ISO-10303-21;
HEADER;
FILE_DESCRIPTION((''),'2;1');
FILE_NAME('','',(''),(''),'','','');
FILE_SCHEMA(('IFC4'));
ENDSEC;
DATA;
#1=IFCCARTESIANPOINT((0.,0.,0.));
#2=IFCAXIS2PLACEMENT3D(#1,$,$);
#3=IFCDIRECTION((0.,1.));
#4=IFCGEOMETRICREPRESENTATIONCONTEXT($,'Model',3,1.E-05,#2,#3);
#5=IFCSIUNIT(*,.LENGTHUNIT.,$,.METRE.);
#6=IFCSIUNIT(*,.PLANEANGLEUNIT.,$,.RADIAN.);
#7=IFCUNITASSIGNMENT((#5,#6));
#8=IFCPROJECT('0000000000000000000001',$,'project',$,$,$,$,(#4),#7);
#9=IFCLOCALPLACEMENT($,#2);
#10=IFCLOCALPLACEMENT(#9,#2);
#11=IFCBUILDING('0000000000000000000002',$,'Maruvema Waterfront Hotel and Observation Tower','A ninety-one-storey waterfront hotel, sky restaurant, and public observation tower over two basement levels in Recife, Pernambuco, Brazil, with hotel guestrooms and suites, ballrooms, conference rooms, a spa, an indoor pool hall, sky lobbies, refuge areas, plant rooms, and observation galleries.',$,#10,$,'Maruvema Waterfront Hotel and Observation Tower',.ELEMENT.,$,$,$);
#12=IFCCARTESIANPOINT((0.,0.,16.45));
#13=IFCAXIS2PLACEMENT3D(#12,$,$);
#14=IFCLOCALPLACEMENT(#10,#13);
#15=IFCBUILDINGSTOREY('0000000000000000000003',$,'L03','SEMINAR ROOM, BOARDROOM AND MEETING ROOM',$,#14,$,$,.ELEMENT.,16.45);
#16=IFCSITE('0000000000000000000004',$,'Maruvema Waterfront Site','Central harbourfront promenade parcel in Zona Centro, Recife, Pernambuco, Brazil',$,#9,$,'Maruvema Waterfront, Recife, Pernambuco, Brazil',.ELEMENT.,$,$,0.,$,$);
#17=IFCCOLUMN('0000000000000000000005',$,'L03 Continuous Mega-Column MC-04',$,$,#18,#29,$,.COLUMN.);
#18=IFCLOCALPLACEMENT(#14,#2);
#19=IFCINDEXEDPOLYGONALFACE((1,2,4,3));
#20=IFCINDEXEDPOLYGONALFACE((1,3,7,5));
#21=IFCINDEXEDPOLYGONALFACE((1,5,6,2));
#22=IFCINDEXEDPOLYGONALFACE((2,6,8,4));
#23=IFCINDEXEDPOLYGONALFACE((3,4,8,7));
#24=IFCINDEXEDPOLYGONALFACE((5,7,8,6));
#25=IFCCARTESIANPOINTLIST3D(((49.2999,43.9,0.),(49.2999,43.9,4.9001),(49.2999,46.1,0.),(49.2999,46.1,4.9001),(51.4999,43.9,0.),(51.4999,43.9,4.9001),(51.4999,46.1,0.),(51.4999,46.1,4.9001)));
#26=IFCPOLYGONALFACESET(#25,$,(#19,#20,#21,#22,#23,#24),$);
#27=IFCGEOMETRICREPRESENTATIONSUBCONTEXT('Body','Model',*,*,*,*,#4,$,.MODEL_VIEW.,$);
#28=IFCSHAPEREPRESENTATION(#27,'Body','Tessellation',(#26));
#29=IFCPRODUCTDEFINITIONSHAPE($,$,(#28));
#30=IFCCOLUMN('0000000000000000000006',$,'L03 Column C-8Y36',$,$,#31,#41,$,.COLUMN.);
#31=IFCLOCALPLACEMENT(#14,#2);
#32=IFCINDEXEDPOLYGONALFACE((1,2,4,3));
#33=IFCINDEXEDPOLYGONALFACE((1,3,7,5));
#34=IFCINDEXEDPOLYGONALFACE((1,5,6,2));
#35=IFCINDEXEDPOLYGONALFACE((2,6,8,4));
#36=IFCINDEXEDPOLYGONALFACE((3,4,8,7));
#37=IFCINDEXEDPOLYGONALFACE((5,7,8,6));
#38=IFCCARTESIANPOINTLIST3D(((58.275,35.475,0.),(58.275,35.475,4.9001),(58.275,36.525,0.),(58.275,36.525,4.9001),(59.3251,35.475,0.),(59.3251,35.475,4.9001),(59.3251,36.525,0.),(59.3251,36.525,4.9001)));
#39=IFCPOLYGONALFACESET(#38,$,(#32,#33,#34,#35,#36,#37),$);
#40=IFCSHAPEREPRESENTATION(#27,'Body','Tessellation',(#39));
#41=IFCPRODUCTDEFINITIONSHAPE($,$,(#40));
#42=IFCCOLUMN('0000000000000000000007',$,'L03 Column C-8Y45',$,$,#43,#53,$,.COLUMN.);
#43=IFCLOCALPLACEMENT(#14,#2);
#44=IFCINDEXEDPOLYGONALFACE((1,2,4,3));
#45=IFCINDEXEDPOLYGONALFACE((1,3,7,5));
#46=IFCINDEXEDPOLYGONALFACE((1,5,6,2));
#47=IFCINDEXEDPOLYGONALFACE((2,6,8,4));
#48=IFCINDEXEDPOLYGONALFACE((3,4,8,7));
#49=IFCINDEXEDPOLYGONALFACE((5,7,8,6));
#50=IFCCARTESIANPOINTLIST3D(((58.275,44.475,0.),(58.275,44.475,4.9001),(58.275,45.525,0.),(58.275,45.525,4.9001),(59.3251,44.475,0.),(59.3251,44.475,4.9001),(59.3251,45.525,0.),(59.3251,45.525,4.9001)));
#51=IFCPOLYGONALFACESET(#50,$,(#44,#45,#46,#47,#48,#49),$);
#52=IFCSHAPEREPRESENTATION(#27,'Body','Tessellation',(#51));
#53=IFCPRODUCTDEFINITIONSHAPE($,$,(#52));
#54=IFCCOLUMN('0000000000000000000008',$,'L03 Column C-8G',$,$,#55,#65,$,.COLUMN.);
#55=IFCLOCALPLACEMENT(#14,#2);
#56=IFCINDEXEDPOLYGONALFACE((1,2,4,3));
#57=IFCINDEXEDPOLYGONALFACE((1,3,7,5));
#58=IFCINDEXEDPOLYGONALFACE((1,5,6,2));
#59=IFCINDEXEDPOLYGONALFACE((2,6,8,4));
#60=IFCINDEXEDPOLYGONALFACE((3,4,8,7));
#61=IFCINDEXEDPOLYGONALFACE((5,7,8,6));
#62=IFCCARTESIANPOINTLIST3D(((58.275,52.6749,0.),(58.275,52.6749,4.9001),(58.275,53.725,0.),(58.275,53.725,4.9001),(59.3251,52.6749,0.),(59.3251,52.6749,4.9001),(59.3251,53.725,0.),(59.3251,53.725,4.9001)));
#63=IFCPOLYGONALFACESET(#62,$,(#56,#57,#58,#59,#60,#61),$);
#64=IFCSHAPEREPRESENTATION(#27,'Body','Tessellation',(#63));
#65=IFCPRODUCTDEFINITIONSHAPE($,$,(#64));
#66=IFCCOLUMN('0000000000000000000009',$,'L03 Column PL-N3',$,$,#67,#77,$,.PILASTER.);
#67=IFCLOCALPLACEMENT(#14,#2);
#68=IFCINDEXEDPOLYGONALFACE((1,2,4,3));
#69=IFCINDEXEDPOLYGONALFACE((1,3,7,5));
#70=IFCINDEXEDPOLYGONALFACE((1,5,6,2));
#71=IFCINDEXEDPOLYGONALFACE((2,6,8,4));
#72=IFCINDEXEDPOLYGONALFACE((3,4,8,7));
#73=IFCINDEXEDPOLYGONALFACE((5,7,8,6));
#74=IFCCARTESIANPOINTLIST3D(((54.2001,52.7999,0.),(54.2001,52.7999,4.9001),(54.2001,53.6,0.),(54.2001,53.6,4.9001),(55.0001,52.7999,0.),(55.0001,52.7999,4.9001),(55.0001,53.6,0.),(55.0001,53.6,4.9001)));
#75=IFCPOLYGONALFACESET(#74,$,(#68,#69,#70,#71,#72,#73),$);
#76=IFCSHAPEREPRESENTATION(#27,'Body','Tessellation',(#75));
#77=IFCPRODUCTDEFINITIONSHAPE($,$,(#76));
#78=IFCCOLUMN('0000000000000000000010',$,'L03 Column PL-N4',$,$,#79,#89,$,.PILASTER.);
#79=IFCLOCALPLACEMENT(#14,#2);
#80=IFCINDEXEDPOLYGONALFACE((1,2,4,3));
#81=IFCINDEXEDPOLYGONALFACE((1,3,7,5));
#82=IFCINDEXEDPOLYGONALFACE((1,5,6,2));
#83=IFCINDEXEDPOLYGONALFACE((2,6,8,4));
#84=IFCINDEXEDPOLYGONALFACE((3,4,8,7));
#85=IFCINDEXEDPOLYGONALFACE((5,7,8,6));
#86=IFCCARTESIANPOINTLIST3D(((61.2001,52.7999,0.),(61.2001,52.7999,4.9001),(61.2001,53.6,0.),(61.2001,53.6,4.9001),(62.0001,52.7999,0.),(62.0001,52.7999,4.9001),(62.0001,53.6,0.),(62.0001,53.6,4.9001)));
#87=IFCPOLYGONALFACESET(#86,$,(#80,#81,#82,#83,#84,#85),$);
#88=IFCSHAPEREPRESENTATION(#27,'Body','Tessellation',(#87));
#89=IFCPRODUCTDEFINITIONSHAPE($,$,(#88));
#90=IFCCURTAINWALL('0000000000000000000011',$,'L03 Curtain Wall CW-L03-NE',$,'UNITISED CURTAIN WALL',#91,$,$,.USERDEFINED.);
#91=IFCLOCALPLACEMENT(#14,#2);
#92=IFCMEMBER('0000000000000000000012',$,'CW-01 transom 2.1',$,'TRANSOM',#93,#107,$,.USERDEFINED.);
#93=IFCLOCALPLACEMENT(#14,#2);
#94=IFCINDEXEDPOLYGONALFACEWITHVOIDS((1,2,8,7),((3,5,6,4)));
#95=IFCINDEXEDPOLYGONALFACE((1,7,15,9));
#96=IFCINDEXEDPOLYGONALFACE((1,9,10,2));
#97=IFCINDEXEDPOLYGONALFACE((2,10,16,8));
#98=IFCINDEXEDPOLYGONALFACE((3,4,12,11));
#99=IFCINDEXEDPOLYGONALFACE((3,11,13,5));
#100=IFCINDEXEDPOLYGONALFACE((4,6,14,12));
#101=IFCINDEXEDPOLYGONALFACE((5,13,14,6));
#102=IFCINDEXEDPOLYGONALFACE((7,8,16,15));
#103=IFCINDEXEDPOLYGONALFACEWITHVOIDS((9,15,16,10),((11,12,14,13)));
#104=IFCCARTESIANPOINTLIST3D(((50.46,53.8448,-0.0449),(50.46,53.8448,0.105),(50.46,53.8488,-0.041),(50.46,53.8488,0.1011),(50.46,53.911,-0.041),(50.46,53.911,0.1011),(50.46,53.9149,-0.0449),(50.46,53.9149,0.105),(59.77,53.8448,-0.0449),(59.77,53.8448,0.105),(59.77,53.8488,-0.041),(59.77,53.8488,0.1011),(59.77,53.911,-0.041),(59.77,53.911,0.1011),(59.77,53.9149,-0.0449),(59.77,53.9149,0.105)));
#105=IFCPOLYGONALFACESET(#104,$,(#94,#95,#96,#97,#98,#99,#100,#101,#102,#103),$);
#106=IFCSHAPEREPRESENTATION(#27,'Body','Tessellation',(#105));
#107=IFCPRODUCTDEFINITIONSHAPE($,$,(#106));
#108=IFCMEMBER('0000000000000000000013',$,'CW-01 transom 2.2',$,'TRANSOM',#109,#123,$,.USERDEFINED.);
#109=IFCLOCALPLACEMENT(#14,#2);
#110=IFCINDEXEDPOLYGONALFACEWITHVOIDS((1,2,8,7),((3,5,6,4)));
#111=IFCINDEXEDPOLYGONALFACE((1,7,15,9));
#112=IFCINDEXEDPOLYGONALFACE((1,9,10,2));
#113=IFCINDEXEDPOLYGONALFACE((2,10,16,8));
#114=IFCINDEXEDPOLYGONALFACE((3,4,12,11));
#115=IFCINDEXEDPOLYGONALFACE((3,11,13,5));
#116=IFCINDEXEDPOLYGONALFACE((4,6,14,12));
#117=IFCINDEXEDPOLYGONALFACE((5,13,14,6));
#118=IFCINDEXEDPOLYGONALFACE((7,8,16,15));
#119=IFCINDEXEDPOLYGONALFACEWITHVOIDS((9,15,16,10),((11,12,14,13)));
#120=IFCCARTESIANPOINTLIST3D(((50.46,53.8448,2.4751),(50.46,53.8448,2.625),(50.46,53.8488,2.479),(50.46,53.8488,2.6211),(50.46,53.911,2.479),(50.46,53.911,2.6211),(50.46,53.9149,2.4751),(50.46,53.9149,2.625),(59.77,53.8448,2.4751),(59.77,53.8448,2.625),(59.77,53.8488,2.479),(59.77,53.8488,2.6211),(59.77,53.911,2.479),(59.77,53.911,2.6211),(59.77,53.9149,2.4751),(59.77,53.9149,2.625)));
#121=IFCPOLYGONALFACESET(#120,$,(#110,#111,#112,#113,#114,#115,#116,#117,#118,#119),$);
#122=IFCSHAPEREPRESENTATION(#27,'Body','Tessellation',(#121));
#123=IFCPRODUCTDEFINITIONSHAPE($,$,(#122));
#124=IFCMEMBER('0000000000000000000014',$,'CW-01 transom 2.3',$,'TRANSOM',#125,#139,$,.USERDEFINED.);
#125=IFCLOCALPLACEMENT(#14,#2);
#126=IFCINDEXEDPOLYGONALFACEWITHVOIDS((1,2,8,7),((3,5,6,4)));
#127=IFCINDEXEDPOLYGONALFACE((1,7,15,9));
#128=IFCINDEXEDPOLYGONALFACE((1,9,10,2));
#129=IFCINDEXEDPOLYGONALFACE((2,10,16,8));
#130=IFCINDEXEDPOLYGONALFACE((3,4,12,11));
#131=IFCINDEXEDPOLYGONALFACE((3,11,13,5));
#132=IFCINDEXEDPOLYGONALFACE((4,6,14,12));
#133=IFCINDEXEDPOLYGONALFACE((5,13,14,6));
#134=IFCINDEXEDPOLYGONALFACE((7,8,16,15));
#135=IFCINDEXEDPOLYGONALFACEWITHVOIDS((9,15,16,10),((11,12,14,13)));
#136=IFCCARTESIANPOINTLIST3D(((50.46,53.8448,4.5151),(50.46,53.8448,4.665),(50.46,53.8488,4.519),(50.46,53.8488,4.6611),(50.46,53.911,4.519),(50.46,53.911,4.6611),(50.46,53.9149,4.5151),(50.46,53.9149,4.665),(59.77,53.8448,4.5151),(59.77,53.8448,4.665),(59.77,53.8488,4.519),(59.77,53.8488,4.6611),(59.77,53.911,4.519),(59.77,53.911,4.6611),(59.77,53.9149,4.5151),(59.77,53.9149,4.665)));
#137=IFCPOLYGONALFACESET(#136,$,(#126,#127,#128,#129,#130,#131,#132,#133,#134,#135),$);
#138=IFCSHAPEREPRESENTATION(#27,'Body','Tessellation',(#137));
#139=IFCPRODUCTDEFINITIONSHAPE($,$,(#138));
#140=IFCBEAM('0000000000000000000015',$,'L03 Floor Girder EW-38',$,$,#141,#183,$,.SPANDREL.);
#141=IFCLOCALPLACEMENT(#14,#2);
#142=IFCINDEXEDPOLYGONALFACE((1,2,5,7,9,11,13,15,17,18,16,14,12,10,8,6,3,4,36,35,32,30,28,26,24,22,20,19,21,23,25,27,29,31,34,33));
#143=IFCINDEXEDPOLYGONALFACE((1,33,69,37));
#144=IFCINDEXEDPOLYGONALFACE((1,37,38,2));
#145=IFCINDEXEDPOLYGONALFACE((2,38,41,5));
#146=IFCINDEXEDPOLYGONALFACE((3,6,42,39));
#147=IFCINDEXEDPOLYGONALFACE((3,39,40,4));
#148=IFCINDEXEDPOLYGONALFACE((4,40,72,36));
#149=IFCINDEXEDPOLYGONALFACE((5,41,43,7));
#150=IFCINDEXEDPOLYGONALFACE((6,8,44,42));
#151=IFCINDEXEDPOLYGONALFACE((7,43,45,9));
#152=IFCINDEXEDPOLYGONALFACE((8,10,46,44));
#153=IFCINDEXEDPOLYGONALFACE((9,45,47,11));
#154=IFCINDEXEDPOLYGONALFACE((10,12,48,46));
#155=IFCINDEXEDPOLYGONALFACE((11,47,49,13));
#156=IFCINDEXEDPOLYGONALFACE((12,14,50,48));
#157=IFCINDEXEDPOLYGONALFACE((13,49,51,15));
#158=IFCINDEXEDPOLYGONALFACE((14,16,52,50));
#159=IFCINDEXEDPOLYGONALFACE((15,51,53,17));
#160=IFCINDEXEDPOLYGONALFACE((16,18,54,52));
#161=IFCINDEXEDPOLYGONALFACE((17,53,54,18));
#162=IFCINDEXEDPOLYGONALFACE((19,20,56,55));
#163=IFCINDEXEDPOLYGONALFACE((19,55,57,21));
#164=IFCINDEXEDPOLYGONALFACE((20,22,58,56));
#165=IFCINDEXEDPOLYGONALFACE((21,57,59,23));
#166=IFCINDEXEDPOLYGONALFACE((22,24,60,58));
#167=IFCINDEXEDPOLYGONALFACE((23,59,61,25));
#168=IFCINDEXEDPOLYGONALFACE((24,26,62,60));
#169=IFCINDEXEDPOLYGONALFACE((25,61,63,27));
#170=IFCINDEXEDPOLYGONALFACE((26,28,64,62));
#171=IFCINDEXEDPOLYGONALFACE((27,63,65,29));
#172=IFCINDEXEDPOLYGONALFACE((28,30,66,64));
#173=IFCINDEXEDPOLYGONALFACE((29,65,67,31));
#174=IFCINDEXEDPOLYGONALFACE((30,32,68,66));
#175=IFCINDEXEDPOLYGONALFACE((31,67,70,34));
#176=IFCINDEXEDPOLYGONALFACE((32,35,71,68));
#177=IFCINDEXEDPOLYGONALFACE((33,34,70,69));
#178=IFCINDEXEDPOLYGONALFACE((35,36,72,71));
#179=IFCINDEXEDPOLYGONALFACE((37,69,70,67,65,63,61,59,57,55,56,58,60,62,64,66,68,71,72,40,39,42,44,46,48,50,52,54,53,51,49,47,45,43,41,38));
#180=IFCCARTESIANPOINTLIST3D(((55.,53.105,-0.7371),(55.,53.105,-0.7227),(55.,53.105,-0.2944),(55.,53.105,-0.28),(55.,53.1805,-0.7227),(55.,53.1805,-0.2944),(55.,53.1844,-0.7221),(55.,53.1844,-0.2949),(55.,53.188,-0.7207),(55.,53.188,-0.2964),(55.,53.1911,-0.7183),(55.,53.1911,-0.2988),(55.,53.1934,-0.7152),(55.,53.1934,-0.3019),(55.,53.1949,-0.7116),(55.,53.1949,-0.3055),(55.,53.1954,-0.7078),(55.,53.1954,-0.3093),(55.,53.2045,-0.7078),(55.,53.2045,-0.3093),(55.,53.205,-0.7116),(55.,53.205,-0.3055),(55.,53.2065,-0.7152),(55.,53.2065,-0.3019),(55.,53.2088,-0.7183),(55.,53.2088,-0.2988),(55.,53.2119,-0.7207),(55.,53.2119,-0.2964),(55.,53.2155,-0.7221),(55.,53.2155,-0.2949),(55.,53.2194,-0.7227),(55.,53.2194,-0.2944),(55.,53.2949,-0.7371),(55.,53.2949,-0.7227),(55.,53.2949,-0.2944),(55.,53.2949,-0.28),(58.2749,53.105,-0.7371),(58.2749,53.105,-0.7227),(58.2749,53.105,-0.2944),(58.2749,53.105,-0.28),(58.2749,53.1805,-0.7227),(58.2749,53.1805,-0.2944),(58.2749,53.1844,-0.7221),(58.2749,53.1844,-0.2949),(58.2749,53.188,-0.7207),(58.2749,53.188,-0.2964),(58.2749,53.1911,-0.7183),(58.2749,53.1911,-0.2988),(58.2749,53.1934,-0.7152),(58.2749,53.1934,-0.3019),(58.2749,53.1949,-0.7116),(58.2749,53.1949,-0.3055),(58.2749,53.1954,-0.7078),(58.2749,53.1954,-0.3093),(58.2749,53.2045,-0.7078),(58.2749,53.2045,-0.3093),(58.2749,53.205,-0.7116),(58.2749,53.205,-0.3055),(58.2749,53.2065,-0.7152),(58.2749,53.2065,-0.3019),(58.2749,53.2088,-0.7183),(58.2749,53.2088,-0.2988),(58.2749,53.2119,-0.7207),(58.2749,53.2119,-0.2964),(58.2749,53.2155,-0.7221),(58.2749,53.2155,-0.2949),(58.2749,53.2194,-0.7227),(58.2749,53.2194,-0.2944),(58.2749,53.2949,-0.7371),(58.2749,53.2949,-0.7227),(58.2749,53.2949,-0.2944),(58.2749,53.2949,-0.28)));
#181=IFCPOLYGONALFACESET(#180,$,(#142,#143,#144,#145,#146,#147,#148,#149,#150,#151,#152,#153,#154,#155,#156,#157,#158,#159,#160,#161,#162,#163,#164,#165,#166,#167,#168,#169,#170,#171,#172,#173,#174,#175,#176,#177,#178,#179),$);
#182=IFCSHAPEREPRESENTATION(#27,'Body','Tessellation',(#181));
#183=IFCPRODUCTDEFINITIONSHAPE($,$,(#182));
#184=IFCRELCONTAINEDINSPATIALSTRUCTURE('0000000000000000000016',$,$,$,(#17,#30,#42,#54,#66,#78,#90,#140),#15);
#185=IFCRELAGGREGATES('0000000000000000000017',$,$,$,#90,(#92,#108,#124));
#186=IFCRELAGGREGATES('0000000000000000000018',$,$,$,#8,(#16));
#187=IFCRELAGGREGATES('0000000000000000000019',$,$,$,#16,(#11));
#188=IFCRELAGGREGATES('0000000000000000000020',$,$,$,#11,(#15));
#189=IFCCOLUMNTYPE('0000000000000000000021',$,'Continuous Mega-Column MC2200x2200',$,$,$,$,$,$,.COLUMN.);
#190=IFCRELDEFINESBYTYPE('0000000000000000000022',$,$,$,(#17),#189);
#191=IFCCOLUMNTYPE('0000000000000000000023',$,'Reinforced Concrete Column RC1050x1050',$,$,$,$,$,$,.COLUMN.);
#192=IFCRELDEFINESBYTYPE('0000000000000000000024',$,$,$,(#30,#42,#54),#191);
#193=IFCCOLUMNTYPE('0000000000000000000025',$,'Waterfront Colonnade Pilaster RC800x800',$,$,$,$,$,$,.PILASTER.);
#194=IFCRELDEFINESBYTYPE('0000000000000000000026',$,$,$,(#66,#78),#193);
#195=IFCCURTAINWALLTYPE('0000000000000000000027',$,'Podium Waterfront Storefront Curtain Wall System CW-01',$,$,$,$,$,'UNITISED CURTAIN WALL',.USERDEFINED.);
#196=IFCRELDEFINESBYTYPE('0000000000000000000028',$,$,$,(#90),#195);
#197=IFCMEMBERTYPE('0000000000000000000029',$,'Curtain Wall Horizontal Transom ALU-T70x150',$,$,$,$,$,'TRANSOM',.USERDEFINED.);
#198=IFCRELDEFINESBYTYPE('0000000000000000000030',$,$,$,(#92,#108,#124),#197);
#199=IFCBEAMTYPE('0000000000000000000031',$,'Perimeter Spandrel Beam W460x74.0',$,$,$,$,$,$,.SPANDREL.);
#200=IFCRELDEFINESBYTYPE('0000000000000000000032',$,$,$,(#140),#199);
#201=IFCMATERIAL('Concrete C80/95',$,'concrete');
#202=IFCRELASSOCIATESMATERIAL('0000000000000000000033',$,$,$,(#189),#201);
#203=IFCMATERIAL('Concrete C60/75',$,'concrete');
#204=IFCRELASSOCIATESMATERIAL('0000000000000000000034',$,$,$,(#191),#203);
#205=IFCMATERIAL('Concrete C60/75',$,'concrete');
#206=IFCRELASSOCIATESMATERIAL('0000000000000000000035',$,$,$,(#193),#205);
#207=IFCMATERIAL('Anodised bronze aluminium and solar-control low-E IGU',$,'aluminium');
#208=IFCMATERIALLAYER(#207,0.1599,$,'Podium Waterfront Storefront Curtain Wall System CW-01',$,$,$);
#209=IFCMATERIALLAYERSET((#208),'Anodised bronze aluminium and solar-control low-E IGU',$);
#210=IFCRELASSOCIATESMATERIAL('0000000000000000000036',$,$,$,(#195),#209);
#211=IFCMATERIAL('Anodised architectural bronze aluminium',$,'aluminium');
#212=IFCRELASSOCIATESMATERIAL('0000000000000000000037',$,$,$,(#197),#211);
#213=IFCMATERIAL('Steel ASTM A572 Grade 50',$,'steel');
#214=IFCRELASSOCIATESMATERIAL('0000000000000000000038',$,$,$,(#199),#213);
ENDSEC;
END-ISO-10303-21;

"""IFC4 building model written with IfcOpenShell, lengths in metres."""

from ifc_helpers import new_model, si_unit, direction, frame, origin, origin_2d, place, context, subcontext, project, spatial, rectangle, hollow_rectangle, i_section, extrude, material, layer, layer_set, material_profile, profile_set, type_object, element, aggregate, save


model = new_model("IFC4")

# Units and contexts
model_context = context("Model", 3, precision=1e-05, world=origin(), true_north=direction((0.0, 1.0)))
body_context = subcontext(model_context, "Body", "Model", "MODEL_VIEW")
ifc_project = project(units=[si_unit("LENGTHUNIT", "METRE"), si_unit("PLANEANGLEUNIT", "RADIAN")], contexts=[model_context])

# Site, building, storey
site_placement = place(None, origin())
site = spatial("IfcSite", under=ifc_project, at=site_placement, Name="Maruvema Waterfront Site", Description="Central harbourfront promenade parcel in Zona Centro, Recife, Pernambuco, Brazil", LongName="Maruvema Waterfront, Recife, Pernambuco, Brazil", CompositionType="ELEMENT", RefElevation=0.0)
building_placement = place(site_placement, origin())
building = spatial("IfcBuilding", under=site, at=building_placement, Name="Maruvema Waterfront Hotel and Observation Tower", Description="A ninety-one-storey waterfront hotel, sky restaurant, and public observation tower over two basement levels in Recife, Pernambuco, Brazil, with hotel guestrooms and suites, ballrooms, conference rooms, a spa, an indoor pool hall, sky lobbies, refuge areas, plant rooms, and observation galleries.", LongName="Maruvema Waterfront Hotel and Observation Tower", CompositionType="ELEMENT")
storey_placement = place(building_placement, frame((0.0, 0.0, 16.45)))
storey = spatial("IfcBuildingStorey", under=building, at=storey_placement, Name="L03", Description="SEMINAR ROOM, BOARDROOM AND MEETING ROOM", CompositionType="ELEMENT", Elevation=16.45)

# Columns
ifc_material_1 = material(Name="Concrete C80/95", Category="concrete")
ifc_material_profile_1 = material_profile(ifc_material_1, rectangle(XDim=2.2, YDim=2.2, at=origin_2d()), Name="MC2200x2200")
ifc_profile_set_1 = profile_set([ifc_material_profile_1], Name="Concrete C80/95")
column_type_1 = type_object("IfcColumnType", Name="Continuous Mega-Column MC2200x2200", PredefinedType="COLUMN", material=ifc_profile_set_1)
column_placement = place(storey_placement, frame((50.3999, 45.0, 0.0), z_axis=(0.0, 0.0, 1.0), x_axis=(1.0, 0.0, 0.0)))
element("IfcColumn", 1, at=column_placement, inside=storey, type_object=column_type_1, Name="L03 Continuous Mega-Column MC-04", PredefinedType="COLUMN", context=body_context, shape_type="SweptSolid", body=[
    extrude(rectangle(XDim=2.2, YDim=2.2, at=origin_2d()), origin(), (0.0, 0.0, 1.0), 4.9001),
])
ifc_material_2 = material(Name="Concrete C60/75", Category="concrete")
ifc_material_profile_2 = material_profile(ifc_material_2, rectangle(XDim=1.05, YDim=1.05, at=origin_2d()), Name="RC1050x1050")
ifc_profile_set_2 = profile_set([ifc_material_profile_2], Name="Concrete C60/75")
column_type_2 = type_object("IfcColumnType", Name="Reinforced Concrete Column RC1050x1050", PredefinedType="COLUMN", material=ifc_profile_set_2)
for number, where, z_axis, x_axis, name in (
    (2, (58.8, 36.0, 0.0), (0.0, 0.0, 1.0), (1.0, 0.0, 0.0), "L03 Column C-8Y36"),
    (3, (58.8, 45.0, 0.0), (0.0, 0.0, 1.0), (1.0, 0.0, 0.0), "L03 Column C-8Y45"),
    (4, (58.8, 53.2, 0.0), (0.0, 0.0, 1.0), (1.0, 0.0, 0.0), "L03 Column C-8G"),
):
    element("IfcColumn", number, at=place(storey_placement, frame(where, z_axis=z_axis, x_axis=x_axis)), inside=storey, type_object=column_type_2, Name=name, PredefinedType="COLUMN", context=body_context, shape_type="SweptSolid", body=[
        extrude(rectangle(XDim=1.05, YDim=1.05, at=origin_2d()), origin(), (0.0, 0.0, 1.0), 4.9001),
    ])
ifc_material_3 = material(Name="Concrete C60/75", Category="concrete")
ifc_material_profile_3 = material_profile(ifc_material_3, rectangle(XDim=0.8, YDim=0.8, at=origin_2d()), Name="RC800x800")
ifc_profile_set_3 = profile_set([ifc_material_profile_3], Name="Concrete C60/75")
column_type_3 = type_object("IfcColumnType", Name="Waterfront Colonnade Pilaster RC800x800", PredefinedType="PILASTER", material=ifc_profile_set_3)
for number, where, z_axis, x_axis, name in (
    (5, (54.6001, 53.2, 0.0), (0.0, 0.0, 1.0), (1.0, 0.0, 0.0), "L03 Column PL-N3"),
    (6, (61.6001, 53.2, 0.0), (0.0, 0.0, 1.0), (1.0, 0.0, 0.0), "L03 Column PL-N4"),
):
    element("IfcColumn", number, at=place(storey_placement, frame(where, z_axis=z_axis, x_axis=x_axis)), inside=storey, type_object=column_type_3, Name=name, PredefinedType="PILASTER", context=body_context, shape_type="SweptSolid", body=[
        extrude(rectangle(XDim=0.8, YDim=0.8, at=origin_2d()), origin(), (0.0, 0.0, 1.0), 4.9001),
    ])

# Curtain wall, members
ifc_material_4 = material(Name="Anodised bronze aluminium and solar-control low-E IGU", Category="aluminium")
ifc_layer_1 = layer(ifc_material_4, 0.1599, Name="Podium Waterfront Storefront Curtain Wall System CW-01")
ifc_layer_set_1 = layer_set([ifc_layer_1], Name="Anodised bronze aluminium and solar-control low-E IGU")
curtain_wall_type = type_object("IfcCurtainWallType", Name="Podium Waterfront Storefront Curtain Wall System CW-01", ElementType="UNITISED CURTAIN WALL", PredefinedType="USERDEFINED", material=ifc_layer_set_1)
curtain_wall_placement = place(storey_placement, origin())
curtain_wall = element("IfcCurtainWall", 7, at=curtain_wall_placement, inside=storey, type_object=curtain_wall_type, Name="L03 Curtain Wall CW-L03-NE", ObjectType="UNITISED CURTAIN WALL", PredefinedType="USERDEFINED")
ifc_material_5 = material(Name="Anodised architectural bronze aluminium", Category="aluminium")
ifc_material_profile_4 = material_profile(ifc_material_5, hollow_rectangle(XDim=0.0701, YDim=0.1499, WallThickness=0.0039, at=origin_2d()), Name="ALU-T70x150")
ifc_profile_set_4 = profile_set([ifc_material_profile_4], Name="Anodised architectural bronze aluminium")
member_type_1 = type_object("IfcMemberType", Name="Curtain Wall Horizontal Transom ALU-T70x150", ElementType="TRANSOM", PredefinedType="USERDEFINED", material=ifc_profile_set_4)
member_1_placement = place(storey_placement, frame((59.77, 53.8799, 0.03), z_axis=(-1.0, 0.0, 0.0), x_axis=(0.0, -1.0, 0.0)))
member_1 = element("IfcMember", 8, at=member_1_placement, type_object=member_type_1, Name="CW-01 transom 2.1", ObjectType="TRANSOM", PredefinedType="USERDEFINED", context=body_context, shape_type="SweptSolid", body=[
    extrude(hollow_rectangle(XDim=0.0701, YDim=0.1499, WallThickness=0.0039, at=origin_2d()), origin(), (0.0, 0.0, 1.0), 9.3101),
])
member_2_placement = place(storey_placement, frame((59.77, 53.8799, 2.55), z_axis=(-1.0, 0.0, 0.0), x_axis=(0.0, -1.0, 0.0)))
member_2 = element("IfcMember", 9, at=member_2_placement, type_object=member_type_1, Name="CW-01 transom 2.2", ObjectType="TRANSOM", PredefinedType="USERDEFINED", context=body_context, shape_type="SweptSolid", body=[
    extrude(hollow_rectangle(XDim=0.0701, YDim=0.1499, WallThickness=0.0039, at=origin_2d()), origin(), (0.0, 0.0, 1.0), 9.3101),
])
member_3_placement = place(storey_placement, frame((59.77, 53.8799, 4.5901), z_axis=(-1.0, 0.0, 0.0), x_axis=(0.0, -1.0, 0.0)))
member_3 = element("IfcMember", 10, at=member_3_placement, type_object=member_type_1, Name="CW-01 transom 2.3", ObjectType="TRANSOM", PredefinedType="USERDEFINED", context=body_context, shape_type="SweptSolid", body=[
    extrude(hollow_rectangle(XDim=0.0701, YDim=0.1499, WallThickness=0.0039, at=origin_2d()), origin(), (0.0, 0.0, 1.0), 9.3101),
])

# Beam
ifc_material_6 = material(Name="Steel ASTM A572 Grade 50", Category="steel")
ifc_material_profile_5 = material_profile(ifc_material_6, i_section(OverallWidth=0.1899, OverallDepth=0.457, WebThickness=0.009, FlangeThickness=0.0144, FilletRadius=0.0149, at=origin_2d()), Name="W460x74.0")
ifc_profile_set_5 = profile_set([ifc_material_profile_5], Name="Steel ASTM A572 Grade 50")
beam_type_1 = type_object("IfcBeamType", Name="Perimeter Spandrel Beam W460x74.0", PredefinedType="SPANDREL", material=ifc_profile_set_5)
beam_1_placement = place(storey_placement, frame((55.0, 53.2, -0.5085), z_axis=(1.0, 0.0, 0.0), x_axis=(0.0, 1.0, 0.0)))
element("IfcBeam", 11, at=beam_1_placement, inside=storey, type_object=beam_type_1, Name="L03 Floor Girder EW-38", PredefinedType="SPANDREL", context=body_context, shape_type="SweptSolid", body=[
    extrude(i_section(OverallWidth=0.1899, OverallDepth=0.457, WebThickness=0.009, FlangeThickness=0.0144, FilletRadius=0.0149, at=origin_2d()), origin(), (0.0, 0.0, 1.0), 3.2749),
])

aggregate(curtain_wall, [member_1, member_2, member_3])

save(model, "model.ifc")
